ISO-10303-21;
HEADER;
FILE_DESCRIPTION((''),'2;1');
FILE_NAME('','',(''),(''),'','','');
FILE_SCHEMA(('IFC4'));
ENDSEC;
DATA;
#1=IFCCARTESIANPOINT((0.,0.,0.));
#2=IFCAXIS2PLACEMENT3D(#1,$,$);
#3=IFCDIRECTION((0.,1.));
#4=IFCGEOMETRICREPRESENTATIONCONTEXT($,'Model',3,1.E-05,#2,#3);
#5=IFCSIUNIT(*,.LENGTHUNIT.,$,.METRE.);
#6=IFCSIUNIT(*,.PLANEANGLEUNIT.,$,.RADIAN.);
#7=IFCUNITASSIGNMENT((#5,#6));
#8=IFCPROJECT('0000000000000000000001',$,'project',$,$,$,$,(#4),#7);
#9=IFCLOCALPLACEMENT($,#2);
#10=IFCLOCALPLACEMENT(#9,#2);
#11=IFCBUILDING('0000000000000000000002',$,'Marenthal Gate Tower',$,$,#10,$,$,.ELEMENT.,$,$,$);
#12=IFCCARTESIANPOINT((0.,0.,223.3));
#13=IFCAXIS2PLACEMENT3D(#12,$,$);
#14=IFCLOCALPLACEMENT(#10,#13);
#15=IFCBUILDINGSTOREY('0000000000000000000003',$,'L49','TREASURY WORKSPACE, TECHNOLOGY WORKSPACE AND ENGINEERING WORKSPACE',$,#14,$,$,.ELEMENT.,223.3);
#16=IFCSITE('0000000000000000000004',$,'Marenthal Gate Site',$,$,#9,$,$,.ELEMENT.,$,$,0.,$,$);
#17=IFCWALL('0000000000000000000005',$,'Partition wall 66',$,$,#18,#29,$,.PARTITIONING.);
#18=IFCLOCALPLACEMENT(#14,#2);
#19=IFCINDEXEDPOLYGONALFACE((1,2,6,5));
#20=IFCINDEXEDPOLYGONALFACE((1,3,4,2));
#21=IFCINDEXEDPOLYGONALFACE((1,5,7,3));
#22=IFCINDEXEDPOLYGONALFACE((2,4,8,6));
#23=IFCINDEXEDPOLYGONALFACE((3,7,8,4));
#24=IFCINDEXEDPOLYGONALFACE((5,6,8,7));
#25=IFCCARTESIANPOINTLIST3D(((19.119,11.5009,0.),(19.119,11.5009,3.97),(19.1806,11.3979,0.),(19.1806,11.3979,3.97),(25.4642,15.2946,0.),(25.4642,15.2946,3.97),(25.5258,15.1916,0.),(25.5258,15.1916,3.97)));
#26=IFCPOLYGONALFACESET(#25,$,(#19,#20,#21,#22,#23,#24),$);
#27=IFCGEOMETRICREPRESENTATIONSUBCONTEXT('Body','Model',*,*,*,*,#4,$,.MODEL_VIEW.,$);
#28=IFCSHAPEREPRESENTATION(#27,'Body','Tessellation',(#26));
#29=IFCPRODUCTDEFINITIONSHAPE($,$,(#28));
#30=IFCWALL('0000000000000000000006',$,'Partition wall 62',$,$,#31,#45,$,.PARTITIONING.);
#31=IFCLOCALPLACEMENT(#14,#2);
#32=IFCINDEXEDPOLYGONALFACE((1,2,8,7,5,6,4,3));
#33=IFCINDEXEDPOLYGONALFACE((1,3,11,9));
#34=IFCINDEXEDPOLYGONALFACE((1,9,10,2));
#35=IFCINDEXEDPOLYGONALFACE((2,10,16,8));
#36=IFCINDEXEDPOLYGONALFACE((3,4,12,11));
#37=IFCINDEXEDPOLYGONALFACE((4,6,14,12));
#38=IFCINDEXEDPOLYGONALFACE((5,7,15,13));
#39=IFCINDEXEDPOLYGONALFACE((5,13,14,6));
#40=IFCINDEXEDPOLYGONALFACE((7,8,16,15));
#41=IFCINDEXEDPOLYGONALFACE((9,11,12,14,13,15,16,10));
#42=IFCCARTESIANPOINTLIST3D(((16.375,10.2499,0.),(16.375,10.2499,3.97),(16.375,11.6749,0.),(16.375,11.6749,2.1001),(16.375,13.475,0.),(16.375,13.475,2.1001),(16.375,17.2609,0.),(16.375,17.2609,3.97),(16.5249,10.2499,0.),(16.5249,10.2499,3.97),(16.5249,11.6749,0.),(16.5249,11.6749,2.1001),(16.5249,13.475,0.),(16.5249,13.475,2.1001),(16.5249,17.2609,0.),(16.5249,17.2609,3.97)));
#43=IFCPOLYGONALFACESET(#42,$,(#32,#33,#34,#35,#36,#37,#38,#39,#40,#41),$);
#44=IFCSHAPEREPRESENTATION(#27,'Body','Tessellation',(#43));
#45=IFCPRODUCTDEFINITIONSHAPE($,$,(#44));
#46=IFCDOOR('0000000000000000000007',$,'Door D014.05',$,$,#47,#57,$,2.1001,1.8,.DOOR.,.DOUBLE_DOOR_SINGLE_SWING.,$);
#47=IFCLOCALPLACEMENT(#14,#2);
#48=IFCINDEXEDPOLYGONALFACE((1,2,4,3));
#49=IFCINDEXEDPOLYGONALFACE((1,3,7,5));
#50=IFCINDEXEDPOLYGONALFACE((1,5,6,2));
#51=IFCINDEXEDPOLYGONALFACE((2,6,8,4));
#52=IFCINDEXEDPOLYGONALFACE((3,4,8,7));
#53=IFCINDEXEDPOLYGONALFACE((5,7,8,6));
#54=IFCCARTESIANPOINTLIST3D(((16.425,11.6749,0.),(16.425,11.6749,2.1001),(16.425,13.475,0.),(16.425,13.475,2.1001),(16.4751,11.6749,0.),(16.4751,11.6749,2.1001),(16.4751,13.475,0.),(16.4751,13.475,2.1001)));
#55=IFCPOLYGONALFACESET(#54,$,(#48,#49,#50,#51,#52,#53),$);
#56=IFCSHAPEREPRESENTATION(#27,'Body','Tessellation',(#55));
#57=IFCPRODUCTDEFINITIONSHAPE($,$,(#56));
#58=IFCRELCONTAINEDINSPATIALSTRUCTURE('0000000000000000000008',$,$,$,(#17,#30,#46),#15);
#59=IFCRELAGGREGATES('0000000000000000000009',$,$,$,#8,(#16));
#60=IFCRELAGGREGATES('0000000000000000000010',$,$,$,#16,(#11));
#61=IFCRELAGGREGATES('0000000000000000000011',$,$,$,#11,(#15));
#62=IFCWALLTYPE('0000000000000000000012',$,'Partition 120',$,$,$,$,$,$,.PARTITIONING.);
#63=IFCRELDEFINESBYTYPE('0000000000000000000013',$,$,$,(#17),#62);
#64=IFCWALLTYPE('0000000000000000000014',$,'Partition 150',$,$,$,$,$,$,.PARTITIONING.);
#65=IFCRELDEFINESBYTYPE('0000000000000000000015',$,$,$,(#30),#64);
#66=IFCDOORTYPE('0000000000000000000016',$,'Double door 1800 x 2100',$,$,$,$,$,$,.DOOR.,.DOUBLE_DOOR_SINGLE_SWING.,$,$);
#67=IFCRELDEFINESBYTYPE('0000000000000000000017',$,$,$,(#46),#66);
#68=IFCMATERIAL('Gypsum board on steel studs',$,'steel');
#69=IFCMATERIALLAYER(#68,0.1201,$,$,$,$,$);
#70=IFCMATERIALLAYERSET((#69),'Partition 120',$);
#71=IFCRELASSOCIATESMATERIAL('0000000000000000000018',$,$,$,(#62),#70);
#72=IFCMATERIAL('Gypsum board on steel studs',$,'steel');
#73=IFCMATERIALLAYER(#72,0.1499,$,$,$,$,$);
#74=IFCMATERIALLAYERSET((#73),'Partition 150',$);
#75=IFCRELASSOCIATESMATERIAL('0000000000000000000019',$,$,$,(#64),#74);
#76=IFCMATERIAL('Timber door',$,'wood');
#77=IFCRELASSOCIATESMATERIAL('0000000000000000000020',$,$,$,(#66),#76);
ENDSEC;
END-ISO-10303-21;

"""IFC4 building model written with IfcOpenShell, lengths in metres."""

from ifc_helpers import new_model, si_unit, direction, frame, frame_2d, origin, place, context, subcontext, project, spatial, rectangle, extrude, material, layer, layer_set, type_object, element, fill, save


model = new_model("IFC4")

# Units and contexts
model_context = context("Model", 3, precision=1e-05, world=origin(), true_north=direction((0.0, 1.0)))
body_context = subcontext(model_context, "Body", "Model", "MODEL_VIEW")
ifc_project = project(units=[si_unit("LENGTHUNIT", "METRE"), si_unit("PLANEANGLEUNIT", "RADIAN")], contexts=[model_context])

# Site, building, storey
site_placement = place(None, origin())
site = spatial("IfcSite", under=ifc_project, at=site_placement, Name="Marenthal Gate Site", CompositionType="ELEMENT", RefElevation=0.0)
building_placement = place(site_placement, origin())
building = spatial("IfcBuilding", under=site, at=building_placement, Name="Marenthal Gate Tower", CompositionType="ELEMENT")
storey_placement = place(building_placement, frame((0.0, 0.0, 223.3)))
storey = spatial("IfcBuildingStorey", under=building, at=storey_placement, Name="L49", Description="TREASURY WORKSPACE, TECHNOLOGY WORKSPACE AND ENGINEERING WORKSPACE", CompositionType="ELEMENT", Elevation=223.3)

# Wall
ifc_material_1 = material(Name="Gypsum board on steel studs", Category="steel")
ifc_layer_1 = layer(ifc_material_1, 0.1201)
ifc_layer_set_1 = layer_set([ifc_layer_1], Name="Partition 120")
wall_type_1 = type_object("IfcWallType", Name="Partition 120", PredefinedType="PARTITIONING", material=ifc_layer_set_1)
wall_1_placement = place(storey_placement, frame((19.1499, 11.4495, 0.0), z_axis=(0.0, 0.0, 1.0), x_axis=(0.858293, 0.51316, 0.0)))
element("IfcWall", 1, at=wall_1_placement, inside=storey, type_object=wall_type_1, Name="Partition wall 66", PredefinedType="PARTITIONING", context=body_context, shape_type="SweptSolid", body=[
    extrude(rectangle(XDim=7.3928, YDim=0.1201, at=frame_2d((3.6963, 0.0))), origin(), (0.0, 0.0, 1.0), 3.97),
])

# Wall, opening, door
ifc_material_2 = material(Name="Gypsum board on steel studs", Category="steel")
ifc_layer_2 = layer(ifc_material_2, 0.1499)
ifc_layer_set_2 = layer_set([ifc_layer_2], Name="Partition 150")
wall_type_2 = type_object("IfcWallType", Name="Partition 150", PredefinedType="PARTITIONING", material=ifc_layer_set_2)
wall_2_placement = place(storey_placement, frame((16.45, 10.25, 0.0), z_axis=(0.0, 0.0, 1.0), x_axis=(0.0, 1.0, 0.0)))
wall_2 = element("IfcWall", 2, at=wall_2_placement, inside=storey, type_object=wall_type_2, Name="Partition wall 62", PredefinedType="PARTITIONING", context=body_context, shape_type="SweptSolid", body=[
    extrude(rectangle(XDim=7.011, YDim=0.1499, at=frame_2d((3.5054, 0.0))), origin(), (0.0, 0.0, 1.0), 3.97),
])
opening_placement = place(wall_2_placement, frame((1.425, 0.0, 0.0)))
opening = element("IfcOpeningElement", 3, at=opening_placement, cuts=wall_2, PredefinedType="OPENING", context=body_context, shape_type="SweptSolid", body=[
    extrude(rectangle(XDim=1.8, YDim=2.1001, at=frame_2d((0.8999, 1.05))), frame((0.0, 0.085, 0.0), z_axis=(0.0, -1.0, 0.0), x_axis=(1.0, 0.0, 0.0)), (0.0, 0.0, 1.0), 0.1699),
])
ifc_material_3 = material(Name="Timber door", Category="wood")
door_type = type_object("IfcDoorType", Name="Double door 1800 x 2100", OperationType="DOUBLE_DOOR_SINGLE_SWING", PredefinedType="DOOR", material=ifc_material_3)
door_placement = place(opening_placement, origin())
door = element("IfcDoor", 4, at=door_placement, inside=storey, type_object=door_type, Name="Door D014.05", OperationType="DOUBLE_DOOR_SINGLE_SWING", OverallHeight=2.1001, OverallWidth=1.8, PredefinedType="DOOR", context=body_context, shape_type="SweptSolid", body=[
    extrude(rectangle(XDim=1.8, YDim=2.1001, at=frame_2d((0.8999, 1.05))), frame((0.0, 0.0249, 0.0), z_axis=(0.0, -1.0, 0.0), x_axis=(1.0, 0.0, 0.0)), (0.0, 0.0, 1.0), 0.05),
])
fill(opening, door)

save(model, "model.ifc")
